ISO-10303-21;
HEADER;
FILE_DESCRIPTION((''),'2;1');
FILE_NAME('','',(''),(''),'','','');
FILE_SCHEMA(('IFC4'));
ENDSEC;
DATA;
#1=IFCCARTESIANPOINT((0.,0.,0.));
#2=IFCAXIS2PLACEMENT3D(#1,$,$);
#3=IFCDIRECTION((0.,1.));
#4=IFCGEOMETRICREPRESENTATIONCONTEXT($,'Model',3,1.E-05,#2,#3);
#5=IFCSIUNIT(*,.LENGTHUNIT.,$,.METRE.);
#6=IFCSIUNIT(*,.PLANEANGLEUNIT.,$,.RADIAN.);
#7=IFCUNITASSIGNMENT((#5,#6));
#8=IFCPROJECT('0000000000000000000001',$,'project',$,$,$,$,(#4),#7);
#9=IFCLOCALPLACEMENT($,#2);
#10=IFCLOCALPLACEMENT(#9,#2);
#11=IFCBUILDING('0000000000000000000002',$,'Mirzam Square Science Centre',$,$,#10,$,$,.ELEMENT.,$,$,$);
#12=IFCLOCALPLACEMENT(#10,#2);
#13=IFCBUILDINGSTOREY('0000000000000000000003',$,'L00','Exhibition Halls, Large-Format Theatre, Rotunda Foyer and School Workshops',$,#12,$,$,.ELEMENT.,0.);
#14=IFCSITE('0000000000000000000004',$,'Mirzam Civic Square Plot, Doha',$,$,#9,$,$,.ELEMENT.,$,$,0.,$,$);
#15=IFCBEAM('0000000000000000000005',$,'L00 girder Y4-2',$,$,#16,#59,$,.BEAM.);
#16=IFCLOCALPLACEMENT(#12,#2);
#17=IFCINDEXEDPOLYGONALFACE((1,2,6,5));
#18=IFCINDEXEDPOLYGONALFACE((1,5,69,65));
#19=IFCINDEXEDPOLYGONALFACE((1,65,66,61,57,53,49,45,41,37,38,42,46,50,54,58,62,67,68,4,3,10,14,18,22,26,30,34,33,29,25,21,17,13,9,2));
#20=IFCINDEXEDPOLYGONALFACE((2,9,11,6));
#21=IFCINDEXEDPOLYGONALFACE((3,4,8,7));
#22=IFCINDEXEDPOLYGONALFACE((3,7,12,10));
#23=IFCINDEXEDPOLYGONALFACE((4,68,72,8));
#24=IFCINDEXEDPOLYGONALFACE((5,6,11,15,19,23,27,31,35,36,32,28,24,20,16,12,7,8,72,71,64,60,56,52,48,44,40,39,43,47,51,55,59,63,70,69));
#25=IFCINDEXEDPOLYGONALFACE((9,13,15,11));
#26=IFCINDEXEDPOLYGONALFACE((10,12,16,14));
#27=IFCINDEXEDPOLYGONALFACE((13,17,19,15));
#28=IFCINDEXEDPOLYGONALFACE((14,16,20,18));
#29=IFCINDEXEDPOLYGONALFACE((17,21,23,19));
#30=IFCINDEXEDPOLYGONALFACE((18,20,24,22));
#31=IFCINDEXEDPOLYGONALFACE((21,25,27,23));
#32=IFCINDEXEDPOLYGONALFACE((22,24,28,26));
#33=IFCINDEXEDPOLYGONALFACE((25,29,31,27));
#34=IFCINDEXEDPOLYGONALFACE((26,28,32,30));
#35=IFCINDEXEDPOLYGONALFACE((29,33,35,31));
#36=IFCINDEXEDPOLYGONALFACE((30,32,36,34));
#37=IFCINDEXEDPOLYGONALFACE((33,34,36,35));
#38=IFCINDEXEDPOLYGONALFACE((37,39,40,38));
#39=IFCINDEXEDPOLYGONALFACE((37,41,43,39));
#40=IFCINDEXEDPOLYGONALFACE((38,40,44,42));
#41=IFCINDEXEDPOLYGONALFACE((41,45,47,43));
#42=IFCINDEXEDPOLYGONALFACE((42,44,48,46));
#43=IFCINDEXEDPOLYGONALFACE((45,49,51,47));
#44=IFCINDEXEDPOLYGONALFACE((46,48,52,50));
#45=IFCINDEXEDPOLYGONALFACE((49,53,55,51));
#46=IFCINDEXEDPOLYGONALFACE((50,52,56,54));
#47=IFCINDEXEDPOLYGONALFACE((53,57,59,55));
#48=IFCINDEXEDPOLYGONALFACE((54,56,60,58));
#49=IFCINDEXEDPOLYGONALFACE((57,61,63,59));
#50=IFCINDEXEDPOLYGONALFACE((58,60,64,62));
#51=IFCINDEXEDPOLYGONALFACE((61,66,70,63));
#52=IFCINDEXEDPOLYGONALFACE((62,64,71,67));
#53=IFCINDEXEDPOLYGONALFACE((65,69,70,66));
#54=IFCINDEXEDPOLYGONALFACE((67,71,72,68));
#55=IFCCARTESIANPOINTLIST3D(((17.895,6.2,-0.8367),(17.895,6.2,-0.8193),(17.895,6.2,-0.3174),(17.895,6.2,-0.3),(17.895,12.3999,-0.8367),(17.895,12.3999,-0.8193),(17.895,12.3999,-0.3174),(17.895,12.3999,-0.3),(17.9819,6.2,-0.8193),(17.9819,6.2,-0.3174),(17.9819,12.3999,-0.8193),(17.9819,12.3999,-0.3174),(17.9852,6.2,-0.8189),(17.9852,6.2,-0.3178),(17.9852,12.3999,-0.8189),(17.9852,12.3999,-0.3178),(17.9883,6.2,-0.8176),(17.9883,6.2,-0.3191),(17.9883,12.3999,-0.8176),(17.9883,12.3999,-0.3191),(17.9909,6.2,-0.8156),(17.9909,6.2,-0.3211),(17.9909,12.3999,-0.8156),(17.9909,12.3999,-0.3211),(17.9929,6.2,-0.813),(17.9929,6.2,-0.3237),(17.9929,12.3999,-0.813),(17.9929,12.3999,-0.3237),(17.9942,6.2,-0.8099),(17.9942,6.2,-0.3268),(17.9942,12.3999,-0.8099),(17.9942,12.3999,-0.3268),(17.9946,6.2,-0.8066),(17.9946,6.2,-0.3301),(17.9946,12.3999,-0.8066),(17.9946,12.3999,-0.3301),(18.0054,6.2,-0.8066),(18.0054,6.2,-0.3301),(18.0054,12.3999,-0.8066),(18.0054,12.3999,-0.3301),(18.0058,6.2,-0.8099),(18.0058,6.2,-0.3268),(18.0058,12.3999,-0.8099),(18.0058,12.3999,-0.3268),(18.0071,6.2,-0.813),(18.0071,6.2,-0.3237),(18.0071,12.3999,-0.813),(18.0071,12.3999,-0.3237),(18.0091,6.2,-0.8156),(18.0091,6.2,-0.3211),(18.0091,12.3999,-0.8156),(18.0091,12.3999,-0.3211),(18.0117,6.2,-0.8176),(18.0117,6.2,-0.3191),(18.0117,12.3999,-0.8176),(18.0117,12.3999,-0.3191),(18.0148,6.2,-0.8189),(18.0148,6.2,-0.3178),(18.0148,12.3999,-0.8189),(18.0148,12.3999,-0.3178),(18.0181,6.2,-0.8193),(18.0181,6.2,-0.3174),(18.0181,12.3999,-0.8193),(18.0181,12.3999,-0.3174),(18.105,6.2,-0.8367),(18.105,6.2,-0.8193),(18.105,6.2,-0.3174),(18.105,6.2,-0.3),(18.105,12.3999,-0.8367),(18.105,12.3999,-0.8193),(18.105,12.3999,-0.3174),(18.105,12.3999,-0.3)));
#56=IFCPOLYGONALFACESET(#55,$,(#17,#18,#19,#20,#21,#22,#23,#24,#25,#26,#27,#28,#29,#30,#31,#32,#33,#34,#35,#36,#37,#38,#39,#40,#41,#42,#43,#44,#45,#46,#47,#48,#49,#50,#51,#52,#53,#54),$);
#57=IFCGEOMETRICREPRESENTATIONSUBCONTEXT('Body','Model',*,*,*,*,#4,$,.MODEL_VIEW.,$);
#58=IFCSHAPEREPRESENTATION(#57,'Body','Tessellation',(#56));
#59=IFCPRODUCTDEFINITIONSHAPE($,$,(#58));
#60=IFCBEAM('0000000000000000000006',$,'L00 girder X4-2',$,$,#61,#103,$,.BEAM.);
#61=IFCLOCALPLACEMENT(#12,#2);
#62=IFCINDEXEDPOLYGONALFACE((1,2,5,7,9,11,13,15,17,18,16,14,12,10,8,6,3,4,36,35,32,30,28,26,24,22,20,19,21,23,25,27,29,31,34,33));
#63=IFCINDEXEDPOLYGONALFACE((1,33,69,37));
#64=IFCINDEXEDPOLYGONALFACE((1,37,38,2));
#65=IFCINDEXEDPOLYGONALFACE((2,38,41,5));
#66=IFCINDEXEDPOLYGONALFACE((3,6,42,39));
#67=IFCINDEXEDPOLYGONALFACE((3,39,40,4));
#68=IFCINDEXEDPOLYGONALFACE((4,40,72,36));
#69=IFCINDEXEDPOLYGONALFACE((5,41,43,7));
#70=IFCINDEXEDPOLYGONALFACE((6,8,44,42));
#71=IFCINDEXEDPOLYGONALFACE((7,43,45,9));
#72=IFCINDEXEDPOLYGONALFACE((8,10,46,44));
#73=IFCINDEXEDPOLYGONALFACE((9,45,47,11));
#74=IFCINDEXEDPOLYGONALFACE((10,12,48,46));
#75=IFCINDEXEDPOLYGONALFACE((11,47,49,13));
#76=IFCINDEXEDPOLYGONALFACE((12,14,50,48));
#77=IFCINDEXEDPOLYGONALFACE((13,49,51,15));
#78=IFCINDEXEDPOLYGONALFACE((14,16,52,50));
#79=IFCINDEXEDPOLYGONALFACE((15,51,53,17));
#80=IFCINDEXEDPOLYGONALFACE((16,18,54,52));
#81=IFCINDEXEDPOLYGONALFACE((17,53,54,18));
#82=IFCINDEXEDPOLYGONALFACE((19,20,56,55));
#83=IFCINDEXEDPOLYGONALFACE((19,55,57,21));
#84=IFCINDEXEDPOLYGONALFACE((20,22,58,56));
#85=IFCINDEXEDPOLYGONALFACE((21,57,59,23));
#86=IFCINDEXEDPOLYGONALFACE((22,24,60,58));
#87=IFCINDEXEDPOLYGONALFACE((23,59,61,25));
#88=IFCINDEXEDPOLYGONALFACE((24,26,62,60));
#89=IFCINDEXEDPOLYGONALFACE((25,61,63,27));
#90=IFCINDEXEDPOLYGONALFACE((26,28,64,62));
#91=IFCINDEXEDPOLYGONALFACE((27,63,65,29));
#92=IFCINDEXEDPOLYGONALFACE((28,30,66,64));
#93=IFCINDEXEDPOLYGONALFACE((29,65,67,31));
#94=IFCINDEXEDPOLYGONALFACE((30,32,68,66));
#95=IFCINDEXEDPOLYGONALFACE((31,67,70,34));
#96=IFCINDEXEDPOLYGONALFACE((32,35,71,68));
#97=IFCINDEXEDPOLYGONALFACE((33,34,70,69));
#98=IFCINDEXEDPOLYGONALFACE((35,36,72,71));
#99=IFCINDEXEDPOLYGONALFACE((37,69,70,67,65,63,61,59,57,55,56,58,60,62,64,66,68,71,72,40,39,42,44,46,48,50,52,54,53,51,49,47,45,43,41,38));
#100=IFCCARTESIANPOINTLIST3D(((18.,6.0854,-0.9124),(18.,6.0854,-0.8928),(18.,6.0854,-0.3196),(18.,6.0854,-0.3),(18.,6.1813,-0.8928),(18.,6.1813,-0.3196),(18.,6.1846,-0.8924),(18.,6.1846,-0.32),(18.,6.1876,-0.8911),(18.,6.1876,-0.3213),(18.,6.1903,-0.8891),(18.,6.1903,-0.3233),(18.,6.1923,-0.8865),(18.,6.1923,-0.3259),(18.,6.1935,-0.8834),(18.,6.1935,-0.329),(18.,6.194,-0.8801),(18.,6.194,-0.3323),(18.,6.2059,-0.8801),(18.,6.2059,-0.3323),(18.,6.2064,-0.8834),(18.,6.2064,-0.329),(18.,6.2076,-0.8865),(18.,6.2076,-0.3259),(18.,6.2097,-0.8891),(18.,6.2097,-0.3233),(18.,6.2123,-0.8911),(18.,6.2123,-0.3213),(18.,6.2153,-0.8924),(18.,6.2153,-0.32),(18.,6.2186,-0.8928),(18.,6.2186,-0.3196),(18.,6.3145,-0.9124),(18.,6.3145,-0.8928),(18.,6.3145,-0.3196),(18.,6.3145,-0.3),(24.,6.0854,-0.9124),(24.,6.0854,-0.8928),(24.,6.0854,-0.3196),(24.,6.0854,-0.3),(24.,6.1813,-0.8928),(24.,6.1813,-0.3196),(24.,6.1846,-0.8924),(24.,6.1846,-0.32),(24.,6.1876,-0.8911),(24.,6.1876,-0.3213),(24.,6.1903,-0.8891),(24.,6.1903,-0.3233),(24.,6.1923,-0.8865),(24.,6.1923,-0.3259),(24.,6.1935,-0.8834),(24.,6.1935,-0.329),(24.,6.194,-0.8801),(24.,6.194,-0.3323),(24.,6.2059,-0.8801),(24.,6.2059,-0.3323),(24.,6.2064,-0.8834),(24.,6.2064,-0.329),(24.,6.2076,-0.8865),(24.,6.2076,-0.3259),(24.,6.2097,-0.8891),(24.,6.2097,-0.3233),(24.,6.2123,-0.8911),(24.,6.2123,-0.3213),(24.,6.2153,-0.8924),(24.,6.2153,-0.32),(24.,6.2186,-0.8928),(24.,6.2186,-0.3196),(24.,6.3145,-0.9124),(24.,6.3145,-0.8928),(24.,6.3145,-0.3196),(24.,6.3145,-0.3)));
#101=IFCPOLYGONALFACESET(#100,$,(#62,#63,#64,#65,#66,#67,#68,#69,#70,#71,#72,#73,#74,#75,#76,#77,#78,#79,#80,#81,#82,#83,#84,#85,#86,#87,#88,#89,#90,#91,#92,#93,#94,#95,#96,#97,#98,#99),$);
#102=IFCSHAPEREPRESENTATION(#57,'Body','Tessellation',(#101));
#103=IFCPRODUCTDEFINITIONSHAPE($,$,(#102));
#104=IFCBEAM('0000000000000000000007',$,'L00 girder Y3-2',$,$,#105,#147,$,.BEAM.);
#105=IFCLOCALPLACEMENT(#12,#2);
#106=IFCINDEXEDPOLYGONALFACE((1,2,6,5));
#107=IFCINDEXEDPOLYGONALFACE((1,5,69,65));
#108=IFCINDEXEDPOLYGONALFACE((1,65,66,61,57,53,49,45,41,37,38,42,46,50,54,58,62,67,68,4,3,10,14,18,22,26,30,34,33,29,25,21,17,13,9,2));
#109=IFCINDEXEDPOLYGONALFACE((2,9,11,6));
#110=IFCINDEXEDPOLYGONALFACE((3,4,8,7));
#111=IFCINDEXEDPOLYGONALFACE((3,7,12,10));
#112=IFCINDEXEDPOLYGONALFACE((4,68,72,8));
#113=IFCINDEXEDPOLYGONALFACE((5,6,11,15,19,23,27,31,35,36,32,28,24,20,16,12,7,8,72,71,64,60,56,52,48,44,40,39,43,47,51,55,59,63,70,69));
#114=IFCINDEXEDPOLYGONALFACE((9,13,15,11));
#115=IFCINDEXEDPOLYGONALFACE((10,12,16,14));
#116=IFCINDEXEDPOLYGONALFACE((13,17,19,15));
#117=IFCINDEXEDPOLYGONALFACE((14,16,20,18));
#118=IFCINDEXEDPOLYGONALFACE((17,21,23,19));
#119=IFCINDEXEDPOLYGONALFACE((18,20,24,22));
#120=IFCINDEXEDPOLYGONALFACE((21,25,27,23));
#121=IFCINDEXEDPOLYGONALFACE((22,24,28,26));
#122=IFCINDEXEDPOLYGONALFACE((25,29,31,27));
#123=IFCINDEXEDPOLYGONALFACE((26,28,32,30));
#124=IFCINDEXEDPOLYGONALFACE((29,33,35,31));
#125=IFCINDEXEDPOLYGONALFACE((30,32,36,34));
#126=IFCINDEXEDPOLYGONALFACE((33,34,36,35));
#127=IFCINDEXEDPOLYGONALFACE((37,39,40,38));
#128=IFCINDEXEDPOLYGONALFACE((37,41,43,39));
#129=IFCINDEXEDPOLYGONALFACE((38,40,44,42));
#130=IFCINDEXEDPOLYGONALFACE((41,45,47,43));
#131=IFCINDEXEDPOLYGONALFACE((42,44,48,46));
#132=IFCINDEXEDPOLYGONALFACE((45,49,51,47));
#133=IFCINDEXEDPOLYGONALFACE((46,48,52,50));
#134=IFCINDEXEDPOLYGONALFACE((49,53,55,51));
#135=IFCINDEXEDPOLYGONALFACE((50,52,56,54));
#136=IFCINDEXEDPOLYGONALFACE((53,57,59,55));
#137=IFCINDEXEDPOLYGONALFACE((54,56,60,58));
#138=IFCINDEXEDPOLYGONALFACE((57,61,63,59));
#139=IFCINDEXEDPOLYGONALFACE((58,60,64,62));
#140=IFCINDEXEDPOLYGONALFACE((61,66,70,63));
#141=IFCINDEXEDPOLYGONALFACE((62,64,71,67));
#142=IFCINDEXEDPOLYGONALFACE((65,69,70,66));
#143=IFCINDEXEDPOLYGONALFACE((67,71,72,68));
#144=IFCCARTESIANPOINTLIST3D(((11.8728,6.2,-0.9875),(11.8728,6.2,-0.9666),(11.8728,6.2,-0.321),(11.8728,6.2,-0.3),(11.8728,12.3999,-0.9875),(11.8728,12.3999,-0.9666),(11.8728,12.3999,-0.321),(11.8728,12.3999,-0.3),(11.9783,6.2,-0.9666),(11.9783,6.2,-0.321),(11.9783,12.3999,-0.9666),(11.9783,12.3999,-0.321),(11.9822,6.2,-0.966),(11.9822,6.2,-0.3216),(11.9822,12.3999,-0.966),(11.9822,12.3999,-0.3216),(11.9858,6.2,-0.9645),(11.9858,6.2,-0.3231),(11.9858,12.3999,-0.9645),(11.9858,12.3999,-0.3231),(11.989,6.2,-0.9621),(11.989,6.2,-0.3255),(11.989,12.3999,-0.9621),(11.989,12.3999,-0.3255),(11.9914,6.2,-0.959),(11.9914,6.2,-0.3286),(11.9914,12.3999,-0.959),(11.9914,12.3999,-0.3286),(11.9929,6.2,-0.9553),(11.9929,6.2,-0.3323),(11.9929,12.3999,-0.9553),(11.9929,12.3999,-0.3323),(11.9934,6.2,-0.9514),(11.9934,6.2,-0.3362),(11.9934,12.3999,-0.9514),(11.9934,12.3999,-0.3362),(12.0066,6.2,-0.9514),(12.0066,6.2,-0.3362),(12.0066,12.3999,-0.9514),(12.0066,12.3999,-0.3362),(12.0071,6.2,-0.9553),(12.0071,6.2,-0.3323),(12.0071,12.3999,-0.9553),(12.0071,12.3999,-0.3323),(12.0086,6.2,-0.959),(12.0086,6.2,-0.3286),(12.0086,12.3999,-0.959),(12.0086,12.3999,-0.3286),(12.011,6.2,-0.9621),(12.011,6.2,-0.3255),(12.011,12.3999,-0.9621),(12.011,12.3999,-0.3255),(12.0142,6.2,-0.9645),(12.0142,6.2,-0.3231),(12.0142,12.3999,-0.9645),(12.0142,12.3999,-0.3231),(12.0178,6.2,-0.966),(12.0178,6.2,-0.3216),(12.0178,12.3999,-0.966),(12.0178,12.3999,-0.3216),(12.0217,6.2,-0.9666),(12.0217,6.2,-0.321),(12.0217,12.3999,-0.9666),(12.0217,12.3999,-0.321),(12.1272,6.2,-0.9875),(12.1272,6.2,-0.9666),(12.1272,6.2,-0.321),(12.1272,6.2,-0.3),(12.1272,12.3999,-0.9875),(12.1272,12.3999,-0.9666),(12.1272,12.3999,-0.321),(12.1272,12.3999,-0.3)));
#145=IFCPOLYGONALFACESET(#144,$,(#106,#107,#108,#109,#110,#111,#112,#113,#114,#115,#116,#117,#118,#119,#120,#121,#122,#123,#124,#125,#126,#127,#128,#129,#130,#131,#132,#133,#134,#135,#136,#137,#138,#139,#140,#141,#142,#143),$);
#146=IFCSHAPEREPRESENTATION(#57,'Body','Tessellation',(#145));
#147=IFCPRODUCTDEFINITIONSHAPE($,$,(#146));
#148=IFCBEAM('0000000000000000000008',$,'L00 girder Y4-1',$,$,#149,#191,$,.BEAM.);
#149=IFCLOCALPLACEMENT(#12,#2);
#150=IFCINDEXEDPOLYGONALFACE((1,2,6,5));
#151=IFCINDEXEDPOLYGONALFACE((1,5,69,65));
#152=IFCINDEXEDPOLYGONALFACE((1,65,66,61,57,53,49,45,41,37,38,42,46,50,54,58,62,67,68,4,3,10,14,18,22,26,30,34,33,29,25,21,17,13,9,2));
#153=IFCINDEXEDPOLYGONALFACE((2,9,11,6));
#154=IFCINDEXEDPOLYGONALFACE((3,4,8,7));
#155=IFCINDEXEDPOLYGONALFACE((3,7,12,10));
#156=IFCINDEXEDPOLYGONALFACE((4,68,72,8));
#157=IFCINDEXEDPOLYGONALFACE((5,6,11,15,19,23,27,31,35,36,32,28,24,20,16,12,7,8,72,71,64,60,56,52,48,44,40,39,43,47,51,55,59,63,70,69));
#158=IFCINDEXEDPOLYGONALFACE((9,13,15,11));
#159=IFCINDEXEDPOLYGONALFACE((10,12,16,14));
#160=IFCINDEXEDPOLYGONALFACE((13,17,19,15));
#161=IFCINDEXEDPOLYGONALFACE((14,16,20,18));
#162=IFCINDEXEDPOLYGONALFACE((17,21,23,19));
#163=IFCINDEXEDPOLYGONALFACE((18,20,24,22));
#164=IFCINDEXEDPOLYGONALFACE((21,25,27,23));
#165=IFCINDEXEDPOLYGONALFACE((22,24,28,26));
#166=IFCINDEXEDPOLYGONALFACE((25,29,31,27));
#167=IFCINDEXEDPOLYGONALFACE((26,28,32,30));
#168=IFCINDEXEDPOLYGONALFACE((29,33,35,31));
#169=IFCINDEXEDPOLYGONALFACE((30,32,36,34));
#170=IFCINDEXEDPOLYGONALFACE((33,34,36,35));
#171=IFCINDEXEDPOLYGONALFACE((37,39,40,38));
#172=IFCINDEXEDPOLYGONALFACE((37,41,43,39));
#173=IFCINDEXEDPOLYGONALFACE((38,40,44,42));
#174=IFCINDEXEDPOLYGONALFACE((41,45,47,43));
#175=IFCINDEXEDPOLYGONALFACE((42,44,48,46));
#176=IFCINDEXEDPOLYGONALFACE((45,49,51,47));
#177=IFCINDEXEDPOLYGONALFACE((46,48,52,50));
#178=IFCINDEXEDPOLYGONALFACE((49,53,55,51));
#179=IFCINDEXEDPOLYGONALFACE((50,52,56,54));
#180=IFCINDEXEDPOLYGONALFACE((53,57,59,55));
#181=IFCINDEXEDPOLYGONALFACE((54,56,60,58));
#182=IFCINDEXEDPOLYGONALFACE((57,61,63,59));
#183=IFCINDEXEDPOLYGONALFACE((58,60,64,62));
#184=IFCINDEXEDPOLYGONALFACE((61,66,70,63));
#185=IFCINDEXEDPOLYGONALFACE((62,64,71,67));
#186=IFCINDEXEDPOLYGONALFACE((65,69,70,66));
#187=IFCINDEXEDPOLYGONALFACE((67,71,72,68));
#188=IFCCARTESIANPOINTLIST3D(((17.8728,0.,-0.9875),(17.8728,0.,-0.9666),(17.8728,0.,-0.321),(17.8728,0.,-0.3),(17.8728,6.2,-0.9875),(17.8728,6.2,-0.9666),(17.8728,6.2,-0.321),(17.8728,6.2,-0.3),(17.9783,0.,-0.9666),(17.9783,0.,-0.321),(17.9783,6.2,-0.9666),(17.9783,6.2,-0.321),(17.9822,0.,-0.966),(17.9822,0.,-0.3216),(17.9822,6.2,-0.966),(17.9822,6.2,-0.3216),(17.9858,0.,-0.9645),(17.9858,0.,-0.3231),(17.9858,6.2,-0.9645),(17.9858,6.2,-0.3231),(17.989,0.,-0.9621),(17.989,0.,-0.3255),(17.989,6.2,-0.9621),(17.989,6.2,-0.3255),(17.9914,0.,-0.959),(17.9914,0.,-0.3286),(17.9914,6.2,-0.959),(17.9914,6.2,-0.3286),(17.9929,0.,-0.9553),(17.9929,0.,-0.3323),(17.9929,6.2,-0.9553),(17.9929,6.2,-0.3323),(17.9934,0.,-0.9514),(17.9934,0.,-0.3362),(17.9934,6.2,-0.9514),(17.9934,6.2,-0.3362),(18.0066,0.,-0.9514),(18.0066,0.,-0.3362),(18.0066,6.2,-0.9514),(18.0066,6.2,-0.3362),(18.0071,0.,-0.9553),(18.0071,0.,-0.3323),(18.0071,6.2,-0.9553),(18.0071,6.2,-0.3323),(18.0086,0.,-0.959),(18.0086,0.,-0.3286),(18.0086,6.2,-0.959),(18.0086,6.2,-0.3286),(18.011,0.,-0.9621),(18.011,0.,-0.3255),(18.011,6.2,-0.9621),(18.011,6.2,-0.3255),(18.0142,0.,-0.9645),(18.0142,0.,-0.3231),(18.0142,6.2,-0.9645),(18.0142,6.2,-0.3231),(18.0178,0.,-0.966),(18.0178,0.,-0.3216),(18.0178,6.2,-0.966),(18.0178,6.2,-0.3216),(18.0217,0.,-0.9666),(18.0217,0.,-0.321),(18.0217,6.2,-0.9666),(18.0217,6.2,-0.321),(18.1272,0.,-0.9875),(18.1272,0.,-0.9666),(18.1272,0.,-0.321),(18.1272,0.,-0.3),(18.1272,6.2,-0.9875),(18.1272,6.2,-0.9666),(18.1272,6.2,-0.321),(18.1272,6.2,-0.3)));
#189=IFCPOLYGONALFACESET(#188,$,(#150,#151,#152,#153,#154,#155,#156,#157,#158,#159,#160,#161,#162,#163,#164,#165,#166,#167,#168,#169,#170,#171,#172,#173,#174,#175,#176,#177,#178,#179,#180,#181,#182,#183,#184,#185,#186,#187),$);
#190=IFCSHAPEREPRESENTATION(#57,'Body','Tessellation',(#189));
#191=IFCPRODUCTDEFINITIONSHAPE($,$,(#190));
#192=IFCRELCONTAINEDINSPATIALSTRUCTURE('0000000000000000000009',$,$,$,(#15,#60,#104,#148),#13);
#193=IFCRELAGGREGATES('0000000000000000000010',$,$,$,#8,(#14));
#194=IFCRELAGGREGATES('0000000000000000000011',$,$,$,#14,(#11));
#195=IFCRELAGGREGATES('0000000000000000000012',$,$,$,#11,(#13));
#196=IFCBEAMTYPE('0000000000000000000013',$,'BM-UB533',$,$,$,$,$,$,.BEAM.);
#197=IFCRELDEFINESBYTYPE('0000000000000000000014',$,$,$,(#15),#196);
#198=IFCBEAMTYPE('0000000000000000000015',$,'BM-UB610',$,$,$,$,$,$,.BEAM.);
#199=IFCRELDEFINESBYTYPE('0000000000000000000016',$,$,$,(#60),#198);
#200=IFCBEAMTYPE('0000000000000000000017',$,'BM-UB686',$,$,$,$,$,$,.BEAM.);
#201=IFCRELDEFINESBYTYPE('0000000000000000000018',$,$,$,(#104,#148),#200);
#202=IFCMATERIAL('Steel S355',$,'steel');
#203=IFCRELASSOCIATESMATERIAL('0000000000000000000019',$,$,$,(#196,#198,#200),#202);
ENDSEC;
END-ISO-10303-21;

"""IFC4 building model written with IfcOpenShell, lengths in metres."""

from ifc_helpers import new_model, si_unit, direction, frame, origin, origin_2d, place, context, subcontext, project, spatial, i_section, extrude, material, material_profile, profile_set, type_object, element, save


model = new_model("IFC4")

# Units and contexts
model_context = context("Model", 3, precision=1e-05, world=origin(), true_north=direction((0.0, 1.0)))
body_context = subcontext(model_context, "Body", "Model", "MODEL_VIEW")
ifc_project = project(units=[si_unit("LENGTHUNIT", "METRE"), si_unit("PLANEANGLEUNIT", "RADIAN")], contexts=[model_context])

# Site, building, storey
site_placement = place(None, origin())
site = spatial("IfcSite", under=ifc_project, at=site_placement, Name="Mirzam Civic Square Plot, Doha", CompositionType="ELEMENT", RefElevation=0.0)
building_placement = place(site_placement, origin())
building = spatial("IfcBuilding", under=site, at=building_placement, Name="Mirzam Square Science Centre", CompositionType="ELEMENT")
storey_placement = place(building_placement, origin())
storey = spatial("IfcBuildingStorey", under=building, at=storey_placement, Name="L00", Description="Exhibition Halls, Large-Format Theatre, Rotunda Foyer and School Workshops", CompositionType="ELEMENT", Elevation=0.0)

# Shared definitions
ifc_material_1 = material(Name="Steel S355", Category="steel")

# Beams
ifc_material_profile_1 = material_profile(ifc_material_1, i_section(OverallWidth=0.21, OverallDepth=0.5366, WebThickness=0.0107, FlangeThickness=0.0173, FilletRadius=0.0127, at=origin_2d()), Name="533x210x101UB")
ifc_profile_set_1 = profile_set([ifc_material_profile_1], Name="Steel S355")
beam_type_1 = type_object("IfcBeamType", Name="BM-UB533", PredefinedType="BEAM", material=ifc_profile_set_1)
beam_1_placement = place(storey_placement, frame((18.0, 6.2, -0.5684), z_axis=(0.0, 1.0, 0.0), x_axis=(-1.0, 0.0, 0.0)))
element("IfcBeam", 1, at=beam_1_placement, inside=storey, type_object=beam_type_1, Name="L00 girder Y4-2", PredefinedType="BEAM", context=body_context, shape_type="SweptSolid", body=[
    extrude(i_section(OverallWidth=0.21, OverallDepth=0.5366, WebThickness=0.0107, FlangeThickness=0.0173, FilletRadius=0.0127, at=origin_2d()), origin(), (0.0, 0.0, 1.0), 6.2),
])
ifc_material_profile_2 = material_profile(ifc_material_1, i_section(OverallWidth=0.229, OverallDepth=0.6123, WebThickness=0.012, FlangeThickness=0.0195, FilletRadius=0.0127, at=origin_2d()), Name="610x229x125UB")
ifc_profile_set_2 = profile_set([ifc_material_profile_2], Name="Steel S355")
beam_type_2 = type_object("IfcBeamType", Name="BM-UB610", PredefinedType="BEAM", material=ifc_profile_set_2)
beam_2_placement = place(storey_placement, frame((18.0, 6.2, -0.6062), z_axis=(1.0, 0.0, 0.0), x_axis=(0.0, 1.0, 0.0)))
element("IfcBeam", 2, at=beam_2_placement, inside=storey, type_object=beam_type_2, Name="L00 girder X4-2", PredefinedType="BEAM", context=body_context, shape_type="SweptSolid", body=[
    extrude(i_section(OverallWidth=0.229, OverallDepth=0.6123, WebThickness=0.012, FlangeThickness=0.0195, FilletRadius=0.0127, at=origin_2d()), origin(), (0.0, 0.0, 1.0), 6.0),
])
ifc_material_profile_3 = material_profile(ifc_material_1, i_section(OverallWidth=0.2544, OverallDepth=0.6875, WebThickness=0.0132, FlangeThickness=0.021, FilletRadius=0.0151, at=origin_2d()), Name="686x254x152UB")
ifc_profile_set_3 = profile_set([ifc_material_profile_3], Name="Steel S355")
beam_type_3 = type_object("IfcBeamType", Name="BM-UB686", PredefinedType="BEAM", material=ifc_profile_set_3)
for number, where, z_axis, x_axis, name in (
    (3, (12.0, 6.2, -0.6438), (0.0, 1.0, 0.0), (-1.0, 0.0, 0.0), "L00 girder Y3-2"),
    (4, (18.0, 0.0, -0.6438), (0.0, 1.0, 0.0), (-1.0, 0.0, 0.0), "L00 girder Y4-1"),
):
    element("IfcBeam", number, at=place(storey_placement, frame(where, z_axis=z_axis, x_axis=x_axis)), inside=storey, type_object=beam_type_3, Name=name, PredefinedType="BEAM", context=body_context, shape_type="SweptSolid", body=[
        extrude(i_section(OverallWidth=0.2544, OverallDepth=0.6875, WebThickness=0.0132, FlangeThickness=0.021, FilletRadius=0.0151, at=origin_2d()), origin(), (0.0, 0.0, 1.0), 6.2),
    ])

save(model, "model.ifc")
